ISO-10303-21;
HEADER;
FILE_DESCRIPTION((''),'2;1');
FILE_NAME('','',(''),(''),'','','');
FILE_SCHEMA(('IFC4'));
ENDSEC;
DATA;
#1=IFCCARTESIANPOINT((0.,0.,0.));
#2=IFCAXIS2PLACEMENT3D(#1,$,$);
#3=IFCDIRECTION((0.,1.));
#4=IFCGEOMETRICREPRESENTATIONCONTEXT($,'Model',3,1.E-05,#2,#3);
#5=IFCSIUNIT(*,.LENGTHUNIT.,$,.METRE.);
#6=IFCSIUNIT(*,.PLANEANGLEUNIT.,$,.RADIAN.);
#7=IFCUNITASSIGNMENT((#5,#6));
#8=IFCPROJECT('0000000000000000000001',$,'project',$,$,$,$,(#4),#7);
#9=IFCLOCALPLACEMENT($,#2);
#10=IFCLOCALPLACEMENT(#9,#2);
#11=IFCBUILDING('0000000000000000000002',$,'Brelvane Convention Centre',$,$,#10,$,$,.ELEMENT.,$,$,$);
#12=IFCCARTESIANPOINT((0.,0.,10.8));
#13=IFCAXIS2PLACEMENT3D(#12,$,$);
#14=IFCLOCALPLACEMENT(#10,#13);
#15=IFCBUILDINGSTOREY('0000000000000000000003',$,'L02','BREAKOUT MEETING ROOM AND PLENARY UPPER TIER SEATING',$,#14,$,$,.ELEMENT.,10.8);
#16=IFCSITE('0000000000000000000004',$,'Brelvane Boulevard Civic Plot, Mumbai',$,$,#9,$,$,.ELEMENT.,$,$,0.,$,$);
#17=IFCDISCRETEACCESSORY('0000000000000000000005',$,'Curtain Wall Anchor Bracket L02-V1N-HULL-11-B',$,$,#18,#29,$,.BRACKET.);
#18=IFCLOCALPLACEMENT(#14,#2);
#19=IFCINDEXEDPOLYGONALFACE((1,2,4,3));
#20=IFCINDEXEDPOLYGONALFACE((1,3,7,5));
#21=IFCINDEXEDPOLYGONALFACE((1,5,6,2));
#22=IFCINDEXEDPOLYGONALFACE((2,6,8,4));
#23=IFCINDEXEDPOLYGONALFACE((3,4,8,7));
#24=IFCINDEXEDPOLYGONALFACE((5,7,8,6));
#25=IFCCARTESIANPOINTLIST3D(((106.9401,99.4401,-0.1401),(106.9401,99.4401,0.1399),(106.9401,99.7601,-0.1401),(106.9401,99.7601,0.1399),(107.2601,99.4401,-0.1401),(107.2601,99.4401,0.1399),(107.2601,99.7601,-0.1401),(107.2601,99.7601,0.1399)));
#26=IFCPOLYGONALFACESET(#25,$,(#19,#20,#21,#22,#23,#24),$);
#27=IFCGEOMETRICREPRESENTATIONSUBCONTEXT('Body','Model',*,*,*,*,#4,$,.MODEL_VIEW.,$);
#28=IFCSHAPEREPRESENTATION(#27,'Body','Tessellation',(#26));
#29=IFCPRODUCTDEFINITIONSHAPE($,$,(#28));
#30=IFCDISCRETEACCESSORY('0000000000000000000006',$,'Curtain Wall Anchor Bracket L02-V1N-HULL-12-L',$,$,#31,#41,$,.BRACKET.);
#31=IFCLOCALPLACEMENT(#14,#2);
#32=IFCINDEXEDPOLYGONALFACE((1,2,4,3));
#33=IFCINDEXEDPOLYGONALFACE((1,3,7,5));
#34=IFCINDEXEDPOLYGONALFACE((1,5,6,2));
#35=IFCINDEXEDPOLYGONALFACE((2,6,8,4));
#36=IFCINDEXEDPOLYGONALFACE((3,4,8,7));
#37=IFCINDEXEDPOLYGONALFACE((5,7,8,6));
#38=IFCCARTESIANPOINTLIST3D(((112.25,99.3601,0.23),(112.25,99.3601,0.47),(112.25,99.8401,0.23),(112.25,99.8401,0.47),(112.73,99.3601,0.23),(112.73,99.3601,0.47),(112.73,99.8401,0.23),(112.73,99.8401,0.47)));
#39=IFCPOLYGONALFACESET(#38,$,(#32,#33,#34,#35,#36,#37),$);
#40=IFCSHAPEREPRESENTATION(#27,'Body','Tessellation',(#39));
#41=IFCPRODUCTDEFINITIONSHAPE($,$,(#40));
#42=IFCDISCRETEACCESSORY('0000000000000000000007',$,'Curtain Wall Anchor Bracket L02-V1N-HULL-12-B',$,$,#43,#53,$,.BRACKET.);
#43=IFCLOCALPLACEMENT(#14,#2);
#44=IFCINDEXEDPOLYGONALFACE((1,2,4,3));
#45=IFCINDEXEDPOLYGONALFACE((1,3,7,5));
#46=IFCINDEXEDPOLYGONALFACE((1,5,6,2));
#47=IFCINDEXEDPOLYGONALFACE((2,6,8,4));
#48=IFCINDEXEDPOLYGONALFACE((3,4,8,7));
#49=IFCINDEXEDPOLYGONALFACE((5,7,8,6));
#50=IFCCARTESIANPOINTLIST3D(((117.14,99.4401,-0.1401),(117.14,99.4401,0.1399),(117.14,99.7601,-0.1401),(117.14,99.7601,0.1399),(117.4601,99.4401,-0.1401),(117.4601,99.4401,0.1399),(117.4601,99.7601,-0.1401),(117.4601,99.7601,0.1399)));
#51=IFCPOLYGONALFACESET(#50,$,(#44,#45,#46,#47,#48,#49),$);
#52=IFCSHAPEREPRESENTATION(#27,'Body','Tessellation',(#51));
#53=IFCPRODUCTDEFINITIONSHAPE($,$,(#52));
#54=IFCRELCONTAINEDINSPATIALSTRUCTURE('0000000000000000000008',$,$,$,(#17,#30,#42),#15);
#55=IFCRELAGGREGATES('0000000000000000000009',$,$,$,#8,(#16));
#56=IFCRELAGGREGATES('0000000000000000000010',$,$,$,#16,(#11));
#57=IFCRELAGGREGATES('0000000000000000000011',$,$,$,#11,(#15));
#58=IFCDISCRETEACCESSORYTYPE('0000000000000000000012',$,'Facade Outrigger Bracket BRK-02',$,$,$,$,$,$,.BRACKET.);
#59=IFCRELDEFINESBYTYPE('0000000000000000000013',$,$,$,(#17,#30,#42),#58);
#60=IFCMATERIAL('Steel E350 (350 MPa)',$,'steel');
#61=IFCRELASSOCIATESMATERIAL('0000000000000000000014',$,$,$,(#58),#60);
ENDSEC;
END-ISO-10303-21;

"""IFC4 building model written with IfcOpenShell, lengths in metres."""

from ifc_helpers import new_model, si_unit, direction, frame, origin, origin_2d, place, context, subcontext, project, spatial, rectangle, extrude, material, type_object, element, save


model = new_model("IFC4")

# Units and contexts
model_context = context("Model", 3, precision=1e-05, world=origin(), true_north=direction((0.0, 1.0)))
body_context = subcontext(model_context, "Body", "Model", "MODEL_VIEW")
ifc_project = project(units=[si_unit("LENGTHUNIT", "METRE"), si_unit("PLANEANGLEUNIT", "RADIAN")], contexts=[model_context])

# Site, building, storey
site_placement = place(None, origin())
site = spatial("IfcSite", under=ifc_project, at=site_placement, Name="Brelvane Boulevard Civic Plot, Mumbai", CompositionType="ELEMENT", RefElevation=0.0)
building_placement = place(site_placement, origin())
building = spatial("IfcBuilding", under=site, at=building_placement, Name="Brelvane Convention Centre", CompositionType="ELEMENT")
storey_placement = place(building_placement, frame((0.0, 0.0, 10.8)))
storey = spatial("IfcBuildingStorey", under=building, at=storey_placement, Name="L02", Description="BREAKOUT MEETING ROOM AND PLENARY UPPER TIER SEATING", CompositionType="ELEMENT", Elevation=10.8)

# Discrete accessories
ifc_material_1 = material(Name="Steel E350 (350 MPa)", Category="steel")
discrete_accessory_type = type_object("IfcDiscreteAccessoryType", Name="Facade Outrigger Bracket BRK-02", PredefinedType="BRACKET", material=ifc_material_1)
discrete_accessory_1_placement = place(storey_placement, frame((107.1001, 99.6001, -0.1401), z_axis=(0.0, 0.0, 1.0), x_axis=(1.0, 0.0, 0.0)))
element("IfcDiscreteAccessory", 1, at=discrete_accessory_1_placement, inside=storey, type_object=discrete_accessory_type, Name="Curtain Wall Anchor Bracket L02-V1N-HULL-11-B", PredefinedType="BRACKET", context=body_context, shape_type="SweptSolid", body=[
    extrude(rectangle(XDim=0.3201, YDim=0.3201, at=origin_2d()), origin(), (0.0, 0.0, 1.0), 0.28),
])
discrete_accessory_2_placement = place(storey_placement, frame((112.49, 99.6001, 0.23), z_axis=(0.0, 0.0, 1.0), x_axis=(1.0, 0.0, 0.0)))
element("IfcDiscreteAccessory", 2, at=discrete_accessory_2_placement, inside=storey, type_object=discrete_accessory_type, Name="Curtain Wall Anchor Bracket L02-V1N-HULL-12-L", PredefinedType="BRACKET", context=body_context, shape_type="SweptSolid", body=[
    extrude(rectangle(XDim=0.48, YDim=0.48, at=origin_2d()), origin(), (0.0, 0.0, 1.0), 0.24),
])
discrete_accessory_3_placement = place(storey_placement, frame((117.3, 99.6001, -0.1401), z_axis=(0.0, 0.0, 1.0), x_axis=(1.0, 0.0, 0.0)))
element("IfcDiscreteAccessory", 3, at=discrete_accessory_3_placement, inside=storey, type_object=discrete_accessory_type, Name="Curtain Wall Anchor Bracket L02-V1N-HULL-12-B", PredefinedType="BRACKET", context=body_context, shape_type="SweptSolid", body=[
    extrude(rectangle(XDim=0.3201, YDim=0.3201, at=origin_2d()), origin(), (0.0, 0.0, 1.0), 0.28),
])

save(model, "model.ifc")
